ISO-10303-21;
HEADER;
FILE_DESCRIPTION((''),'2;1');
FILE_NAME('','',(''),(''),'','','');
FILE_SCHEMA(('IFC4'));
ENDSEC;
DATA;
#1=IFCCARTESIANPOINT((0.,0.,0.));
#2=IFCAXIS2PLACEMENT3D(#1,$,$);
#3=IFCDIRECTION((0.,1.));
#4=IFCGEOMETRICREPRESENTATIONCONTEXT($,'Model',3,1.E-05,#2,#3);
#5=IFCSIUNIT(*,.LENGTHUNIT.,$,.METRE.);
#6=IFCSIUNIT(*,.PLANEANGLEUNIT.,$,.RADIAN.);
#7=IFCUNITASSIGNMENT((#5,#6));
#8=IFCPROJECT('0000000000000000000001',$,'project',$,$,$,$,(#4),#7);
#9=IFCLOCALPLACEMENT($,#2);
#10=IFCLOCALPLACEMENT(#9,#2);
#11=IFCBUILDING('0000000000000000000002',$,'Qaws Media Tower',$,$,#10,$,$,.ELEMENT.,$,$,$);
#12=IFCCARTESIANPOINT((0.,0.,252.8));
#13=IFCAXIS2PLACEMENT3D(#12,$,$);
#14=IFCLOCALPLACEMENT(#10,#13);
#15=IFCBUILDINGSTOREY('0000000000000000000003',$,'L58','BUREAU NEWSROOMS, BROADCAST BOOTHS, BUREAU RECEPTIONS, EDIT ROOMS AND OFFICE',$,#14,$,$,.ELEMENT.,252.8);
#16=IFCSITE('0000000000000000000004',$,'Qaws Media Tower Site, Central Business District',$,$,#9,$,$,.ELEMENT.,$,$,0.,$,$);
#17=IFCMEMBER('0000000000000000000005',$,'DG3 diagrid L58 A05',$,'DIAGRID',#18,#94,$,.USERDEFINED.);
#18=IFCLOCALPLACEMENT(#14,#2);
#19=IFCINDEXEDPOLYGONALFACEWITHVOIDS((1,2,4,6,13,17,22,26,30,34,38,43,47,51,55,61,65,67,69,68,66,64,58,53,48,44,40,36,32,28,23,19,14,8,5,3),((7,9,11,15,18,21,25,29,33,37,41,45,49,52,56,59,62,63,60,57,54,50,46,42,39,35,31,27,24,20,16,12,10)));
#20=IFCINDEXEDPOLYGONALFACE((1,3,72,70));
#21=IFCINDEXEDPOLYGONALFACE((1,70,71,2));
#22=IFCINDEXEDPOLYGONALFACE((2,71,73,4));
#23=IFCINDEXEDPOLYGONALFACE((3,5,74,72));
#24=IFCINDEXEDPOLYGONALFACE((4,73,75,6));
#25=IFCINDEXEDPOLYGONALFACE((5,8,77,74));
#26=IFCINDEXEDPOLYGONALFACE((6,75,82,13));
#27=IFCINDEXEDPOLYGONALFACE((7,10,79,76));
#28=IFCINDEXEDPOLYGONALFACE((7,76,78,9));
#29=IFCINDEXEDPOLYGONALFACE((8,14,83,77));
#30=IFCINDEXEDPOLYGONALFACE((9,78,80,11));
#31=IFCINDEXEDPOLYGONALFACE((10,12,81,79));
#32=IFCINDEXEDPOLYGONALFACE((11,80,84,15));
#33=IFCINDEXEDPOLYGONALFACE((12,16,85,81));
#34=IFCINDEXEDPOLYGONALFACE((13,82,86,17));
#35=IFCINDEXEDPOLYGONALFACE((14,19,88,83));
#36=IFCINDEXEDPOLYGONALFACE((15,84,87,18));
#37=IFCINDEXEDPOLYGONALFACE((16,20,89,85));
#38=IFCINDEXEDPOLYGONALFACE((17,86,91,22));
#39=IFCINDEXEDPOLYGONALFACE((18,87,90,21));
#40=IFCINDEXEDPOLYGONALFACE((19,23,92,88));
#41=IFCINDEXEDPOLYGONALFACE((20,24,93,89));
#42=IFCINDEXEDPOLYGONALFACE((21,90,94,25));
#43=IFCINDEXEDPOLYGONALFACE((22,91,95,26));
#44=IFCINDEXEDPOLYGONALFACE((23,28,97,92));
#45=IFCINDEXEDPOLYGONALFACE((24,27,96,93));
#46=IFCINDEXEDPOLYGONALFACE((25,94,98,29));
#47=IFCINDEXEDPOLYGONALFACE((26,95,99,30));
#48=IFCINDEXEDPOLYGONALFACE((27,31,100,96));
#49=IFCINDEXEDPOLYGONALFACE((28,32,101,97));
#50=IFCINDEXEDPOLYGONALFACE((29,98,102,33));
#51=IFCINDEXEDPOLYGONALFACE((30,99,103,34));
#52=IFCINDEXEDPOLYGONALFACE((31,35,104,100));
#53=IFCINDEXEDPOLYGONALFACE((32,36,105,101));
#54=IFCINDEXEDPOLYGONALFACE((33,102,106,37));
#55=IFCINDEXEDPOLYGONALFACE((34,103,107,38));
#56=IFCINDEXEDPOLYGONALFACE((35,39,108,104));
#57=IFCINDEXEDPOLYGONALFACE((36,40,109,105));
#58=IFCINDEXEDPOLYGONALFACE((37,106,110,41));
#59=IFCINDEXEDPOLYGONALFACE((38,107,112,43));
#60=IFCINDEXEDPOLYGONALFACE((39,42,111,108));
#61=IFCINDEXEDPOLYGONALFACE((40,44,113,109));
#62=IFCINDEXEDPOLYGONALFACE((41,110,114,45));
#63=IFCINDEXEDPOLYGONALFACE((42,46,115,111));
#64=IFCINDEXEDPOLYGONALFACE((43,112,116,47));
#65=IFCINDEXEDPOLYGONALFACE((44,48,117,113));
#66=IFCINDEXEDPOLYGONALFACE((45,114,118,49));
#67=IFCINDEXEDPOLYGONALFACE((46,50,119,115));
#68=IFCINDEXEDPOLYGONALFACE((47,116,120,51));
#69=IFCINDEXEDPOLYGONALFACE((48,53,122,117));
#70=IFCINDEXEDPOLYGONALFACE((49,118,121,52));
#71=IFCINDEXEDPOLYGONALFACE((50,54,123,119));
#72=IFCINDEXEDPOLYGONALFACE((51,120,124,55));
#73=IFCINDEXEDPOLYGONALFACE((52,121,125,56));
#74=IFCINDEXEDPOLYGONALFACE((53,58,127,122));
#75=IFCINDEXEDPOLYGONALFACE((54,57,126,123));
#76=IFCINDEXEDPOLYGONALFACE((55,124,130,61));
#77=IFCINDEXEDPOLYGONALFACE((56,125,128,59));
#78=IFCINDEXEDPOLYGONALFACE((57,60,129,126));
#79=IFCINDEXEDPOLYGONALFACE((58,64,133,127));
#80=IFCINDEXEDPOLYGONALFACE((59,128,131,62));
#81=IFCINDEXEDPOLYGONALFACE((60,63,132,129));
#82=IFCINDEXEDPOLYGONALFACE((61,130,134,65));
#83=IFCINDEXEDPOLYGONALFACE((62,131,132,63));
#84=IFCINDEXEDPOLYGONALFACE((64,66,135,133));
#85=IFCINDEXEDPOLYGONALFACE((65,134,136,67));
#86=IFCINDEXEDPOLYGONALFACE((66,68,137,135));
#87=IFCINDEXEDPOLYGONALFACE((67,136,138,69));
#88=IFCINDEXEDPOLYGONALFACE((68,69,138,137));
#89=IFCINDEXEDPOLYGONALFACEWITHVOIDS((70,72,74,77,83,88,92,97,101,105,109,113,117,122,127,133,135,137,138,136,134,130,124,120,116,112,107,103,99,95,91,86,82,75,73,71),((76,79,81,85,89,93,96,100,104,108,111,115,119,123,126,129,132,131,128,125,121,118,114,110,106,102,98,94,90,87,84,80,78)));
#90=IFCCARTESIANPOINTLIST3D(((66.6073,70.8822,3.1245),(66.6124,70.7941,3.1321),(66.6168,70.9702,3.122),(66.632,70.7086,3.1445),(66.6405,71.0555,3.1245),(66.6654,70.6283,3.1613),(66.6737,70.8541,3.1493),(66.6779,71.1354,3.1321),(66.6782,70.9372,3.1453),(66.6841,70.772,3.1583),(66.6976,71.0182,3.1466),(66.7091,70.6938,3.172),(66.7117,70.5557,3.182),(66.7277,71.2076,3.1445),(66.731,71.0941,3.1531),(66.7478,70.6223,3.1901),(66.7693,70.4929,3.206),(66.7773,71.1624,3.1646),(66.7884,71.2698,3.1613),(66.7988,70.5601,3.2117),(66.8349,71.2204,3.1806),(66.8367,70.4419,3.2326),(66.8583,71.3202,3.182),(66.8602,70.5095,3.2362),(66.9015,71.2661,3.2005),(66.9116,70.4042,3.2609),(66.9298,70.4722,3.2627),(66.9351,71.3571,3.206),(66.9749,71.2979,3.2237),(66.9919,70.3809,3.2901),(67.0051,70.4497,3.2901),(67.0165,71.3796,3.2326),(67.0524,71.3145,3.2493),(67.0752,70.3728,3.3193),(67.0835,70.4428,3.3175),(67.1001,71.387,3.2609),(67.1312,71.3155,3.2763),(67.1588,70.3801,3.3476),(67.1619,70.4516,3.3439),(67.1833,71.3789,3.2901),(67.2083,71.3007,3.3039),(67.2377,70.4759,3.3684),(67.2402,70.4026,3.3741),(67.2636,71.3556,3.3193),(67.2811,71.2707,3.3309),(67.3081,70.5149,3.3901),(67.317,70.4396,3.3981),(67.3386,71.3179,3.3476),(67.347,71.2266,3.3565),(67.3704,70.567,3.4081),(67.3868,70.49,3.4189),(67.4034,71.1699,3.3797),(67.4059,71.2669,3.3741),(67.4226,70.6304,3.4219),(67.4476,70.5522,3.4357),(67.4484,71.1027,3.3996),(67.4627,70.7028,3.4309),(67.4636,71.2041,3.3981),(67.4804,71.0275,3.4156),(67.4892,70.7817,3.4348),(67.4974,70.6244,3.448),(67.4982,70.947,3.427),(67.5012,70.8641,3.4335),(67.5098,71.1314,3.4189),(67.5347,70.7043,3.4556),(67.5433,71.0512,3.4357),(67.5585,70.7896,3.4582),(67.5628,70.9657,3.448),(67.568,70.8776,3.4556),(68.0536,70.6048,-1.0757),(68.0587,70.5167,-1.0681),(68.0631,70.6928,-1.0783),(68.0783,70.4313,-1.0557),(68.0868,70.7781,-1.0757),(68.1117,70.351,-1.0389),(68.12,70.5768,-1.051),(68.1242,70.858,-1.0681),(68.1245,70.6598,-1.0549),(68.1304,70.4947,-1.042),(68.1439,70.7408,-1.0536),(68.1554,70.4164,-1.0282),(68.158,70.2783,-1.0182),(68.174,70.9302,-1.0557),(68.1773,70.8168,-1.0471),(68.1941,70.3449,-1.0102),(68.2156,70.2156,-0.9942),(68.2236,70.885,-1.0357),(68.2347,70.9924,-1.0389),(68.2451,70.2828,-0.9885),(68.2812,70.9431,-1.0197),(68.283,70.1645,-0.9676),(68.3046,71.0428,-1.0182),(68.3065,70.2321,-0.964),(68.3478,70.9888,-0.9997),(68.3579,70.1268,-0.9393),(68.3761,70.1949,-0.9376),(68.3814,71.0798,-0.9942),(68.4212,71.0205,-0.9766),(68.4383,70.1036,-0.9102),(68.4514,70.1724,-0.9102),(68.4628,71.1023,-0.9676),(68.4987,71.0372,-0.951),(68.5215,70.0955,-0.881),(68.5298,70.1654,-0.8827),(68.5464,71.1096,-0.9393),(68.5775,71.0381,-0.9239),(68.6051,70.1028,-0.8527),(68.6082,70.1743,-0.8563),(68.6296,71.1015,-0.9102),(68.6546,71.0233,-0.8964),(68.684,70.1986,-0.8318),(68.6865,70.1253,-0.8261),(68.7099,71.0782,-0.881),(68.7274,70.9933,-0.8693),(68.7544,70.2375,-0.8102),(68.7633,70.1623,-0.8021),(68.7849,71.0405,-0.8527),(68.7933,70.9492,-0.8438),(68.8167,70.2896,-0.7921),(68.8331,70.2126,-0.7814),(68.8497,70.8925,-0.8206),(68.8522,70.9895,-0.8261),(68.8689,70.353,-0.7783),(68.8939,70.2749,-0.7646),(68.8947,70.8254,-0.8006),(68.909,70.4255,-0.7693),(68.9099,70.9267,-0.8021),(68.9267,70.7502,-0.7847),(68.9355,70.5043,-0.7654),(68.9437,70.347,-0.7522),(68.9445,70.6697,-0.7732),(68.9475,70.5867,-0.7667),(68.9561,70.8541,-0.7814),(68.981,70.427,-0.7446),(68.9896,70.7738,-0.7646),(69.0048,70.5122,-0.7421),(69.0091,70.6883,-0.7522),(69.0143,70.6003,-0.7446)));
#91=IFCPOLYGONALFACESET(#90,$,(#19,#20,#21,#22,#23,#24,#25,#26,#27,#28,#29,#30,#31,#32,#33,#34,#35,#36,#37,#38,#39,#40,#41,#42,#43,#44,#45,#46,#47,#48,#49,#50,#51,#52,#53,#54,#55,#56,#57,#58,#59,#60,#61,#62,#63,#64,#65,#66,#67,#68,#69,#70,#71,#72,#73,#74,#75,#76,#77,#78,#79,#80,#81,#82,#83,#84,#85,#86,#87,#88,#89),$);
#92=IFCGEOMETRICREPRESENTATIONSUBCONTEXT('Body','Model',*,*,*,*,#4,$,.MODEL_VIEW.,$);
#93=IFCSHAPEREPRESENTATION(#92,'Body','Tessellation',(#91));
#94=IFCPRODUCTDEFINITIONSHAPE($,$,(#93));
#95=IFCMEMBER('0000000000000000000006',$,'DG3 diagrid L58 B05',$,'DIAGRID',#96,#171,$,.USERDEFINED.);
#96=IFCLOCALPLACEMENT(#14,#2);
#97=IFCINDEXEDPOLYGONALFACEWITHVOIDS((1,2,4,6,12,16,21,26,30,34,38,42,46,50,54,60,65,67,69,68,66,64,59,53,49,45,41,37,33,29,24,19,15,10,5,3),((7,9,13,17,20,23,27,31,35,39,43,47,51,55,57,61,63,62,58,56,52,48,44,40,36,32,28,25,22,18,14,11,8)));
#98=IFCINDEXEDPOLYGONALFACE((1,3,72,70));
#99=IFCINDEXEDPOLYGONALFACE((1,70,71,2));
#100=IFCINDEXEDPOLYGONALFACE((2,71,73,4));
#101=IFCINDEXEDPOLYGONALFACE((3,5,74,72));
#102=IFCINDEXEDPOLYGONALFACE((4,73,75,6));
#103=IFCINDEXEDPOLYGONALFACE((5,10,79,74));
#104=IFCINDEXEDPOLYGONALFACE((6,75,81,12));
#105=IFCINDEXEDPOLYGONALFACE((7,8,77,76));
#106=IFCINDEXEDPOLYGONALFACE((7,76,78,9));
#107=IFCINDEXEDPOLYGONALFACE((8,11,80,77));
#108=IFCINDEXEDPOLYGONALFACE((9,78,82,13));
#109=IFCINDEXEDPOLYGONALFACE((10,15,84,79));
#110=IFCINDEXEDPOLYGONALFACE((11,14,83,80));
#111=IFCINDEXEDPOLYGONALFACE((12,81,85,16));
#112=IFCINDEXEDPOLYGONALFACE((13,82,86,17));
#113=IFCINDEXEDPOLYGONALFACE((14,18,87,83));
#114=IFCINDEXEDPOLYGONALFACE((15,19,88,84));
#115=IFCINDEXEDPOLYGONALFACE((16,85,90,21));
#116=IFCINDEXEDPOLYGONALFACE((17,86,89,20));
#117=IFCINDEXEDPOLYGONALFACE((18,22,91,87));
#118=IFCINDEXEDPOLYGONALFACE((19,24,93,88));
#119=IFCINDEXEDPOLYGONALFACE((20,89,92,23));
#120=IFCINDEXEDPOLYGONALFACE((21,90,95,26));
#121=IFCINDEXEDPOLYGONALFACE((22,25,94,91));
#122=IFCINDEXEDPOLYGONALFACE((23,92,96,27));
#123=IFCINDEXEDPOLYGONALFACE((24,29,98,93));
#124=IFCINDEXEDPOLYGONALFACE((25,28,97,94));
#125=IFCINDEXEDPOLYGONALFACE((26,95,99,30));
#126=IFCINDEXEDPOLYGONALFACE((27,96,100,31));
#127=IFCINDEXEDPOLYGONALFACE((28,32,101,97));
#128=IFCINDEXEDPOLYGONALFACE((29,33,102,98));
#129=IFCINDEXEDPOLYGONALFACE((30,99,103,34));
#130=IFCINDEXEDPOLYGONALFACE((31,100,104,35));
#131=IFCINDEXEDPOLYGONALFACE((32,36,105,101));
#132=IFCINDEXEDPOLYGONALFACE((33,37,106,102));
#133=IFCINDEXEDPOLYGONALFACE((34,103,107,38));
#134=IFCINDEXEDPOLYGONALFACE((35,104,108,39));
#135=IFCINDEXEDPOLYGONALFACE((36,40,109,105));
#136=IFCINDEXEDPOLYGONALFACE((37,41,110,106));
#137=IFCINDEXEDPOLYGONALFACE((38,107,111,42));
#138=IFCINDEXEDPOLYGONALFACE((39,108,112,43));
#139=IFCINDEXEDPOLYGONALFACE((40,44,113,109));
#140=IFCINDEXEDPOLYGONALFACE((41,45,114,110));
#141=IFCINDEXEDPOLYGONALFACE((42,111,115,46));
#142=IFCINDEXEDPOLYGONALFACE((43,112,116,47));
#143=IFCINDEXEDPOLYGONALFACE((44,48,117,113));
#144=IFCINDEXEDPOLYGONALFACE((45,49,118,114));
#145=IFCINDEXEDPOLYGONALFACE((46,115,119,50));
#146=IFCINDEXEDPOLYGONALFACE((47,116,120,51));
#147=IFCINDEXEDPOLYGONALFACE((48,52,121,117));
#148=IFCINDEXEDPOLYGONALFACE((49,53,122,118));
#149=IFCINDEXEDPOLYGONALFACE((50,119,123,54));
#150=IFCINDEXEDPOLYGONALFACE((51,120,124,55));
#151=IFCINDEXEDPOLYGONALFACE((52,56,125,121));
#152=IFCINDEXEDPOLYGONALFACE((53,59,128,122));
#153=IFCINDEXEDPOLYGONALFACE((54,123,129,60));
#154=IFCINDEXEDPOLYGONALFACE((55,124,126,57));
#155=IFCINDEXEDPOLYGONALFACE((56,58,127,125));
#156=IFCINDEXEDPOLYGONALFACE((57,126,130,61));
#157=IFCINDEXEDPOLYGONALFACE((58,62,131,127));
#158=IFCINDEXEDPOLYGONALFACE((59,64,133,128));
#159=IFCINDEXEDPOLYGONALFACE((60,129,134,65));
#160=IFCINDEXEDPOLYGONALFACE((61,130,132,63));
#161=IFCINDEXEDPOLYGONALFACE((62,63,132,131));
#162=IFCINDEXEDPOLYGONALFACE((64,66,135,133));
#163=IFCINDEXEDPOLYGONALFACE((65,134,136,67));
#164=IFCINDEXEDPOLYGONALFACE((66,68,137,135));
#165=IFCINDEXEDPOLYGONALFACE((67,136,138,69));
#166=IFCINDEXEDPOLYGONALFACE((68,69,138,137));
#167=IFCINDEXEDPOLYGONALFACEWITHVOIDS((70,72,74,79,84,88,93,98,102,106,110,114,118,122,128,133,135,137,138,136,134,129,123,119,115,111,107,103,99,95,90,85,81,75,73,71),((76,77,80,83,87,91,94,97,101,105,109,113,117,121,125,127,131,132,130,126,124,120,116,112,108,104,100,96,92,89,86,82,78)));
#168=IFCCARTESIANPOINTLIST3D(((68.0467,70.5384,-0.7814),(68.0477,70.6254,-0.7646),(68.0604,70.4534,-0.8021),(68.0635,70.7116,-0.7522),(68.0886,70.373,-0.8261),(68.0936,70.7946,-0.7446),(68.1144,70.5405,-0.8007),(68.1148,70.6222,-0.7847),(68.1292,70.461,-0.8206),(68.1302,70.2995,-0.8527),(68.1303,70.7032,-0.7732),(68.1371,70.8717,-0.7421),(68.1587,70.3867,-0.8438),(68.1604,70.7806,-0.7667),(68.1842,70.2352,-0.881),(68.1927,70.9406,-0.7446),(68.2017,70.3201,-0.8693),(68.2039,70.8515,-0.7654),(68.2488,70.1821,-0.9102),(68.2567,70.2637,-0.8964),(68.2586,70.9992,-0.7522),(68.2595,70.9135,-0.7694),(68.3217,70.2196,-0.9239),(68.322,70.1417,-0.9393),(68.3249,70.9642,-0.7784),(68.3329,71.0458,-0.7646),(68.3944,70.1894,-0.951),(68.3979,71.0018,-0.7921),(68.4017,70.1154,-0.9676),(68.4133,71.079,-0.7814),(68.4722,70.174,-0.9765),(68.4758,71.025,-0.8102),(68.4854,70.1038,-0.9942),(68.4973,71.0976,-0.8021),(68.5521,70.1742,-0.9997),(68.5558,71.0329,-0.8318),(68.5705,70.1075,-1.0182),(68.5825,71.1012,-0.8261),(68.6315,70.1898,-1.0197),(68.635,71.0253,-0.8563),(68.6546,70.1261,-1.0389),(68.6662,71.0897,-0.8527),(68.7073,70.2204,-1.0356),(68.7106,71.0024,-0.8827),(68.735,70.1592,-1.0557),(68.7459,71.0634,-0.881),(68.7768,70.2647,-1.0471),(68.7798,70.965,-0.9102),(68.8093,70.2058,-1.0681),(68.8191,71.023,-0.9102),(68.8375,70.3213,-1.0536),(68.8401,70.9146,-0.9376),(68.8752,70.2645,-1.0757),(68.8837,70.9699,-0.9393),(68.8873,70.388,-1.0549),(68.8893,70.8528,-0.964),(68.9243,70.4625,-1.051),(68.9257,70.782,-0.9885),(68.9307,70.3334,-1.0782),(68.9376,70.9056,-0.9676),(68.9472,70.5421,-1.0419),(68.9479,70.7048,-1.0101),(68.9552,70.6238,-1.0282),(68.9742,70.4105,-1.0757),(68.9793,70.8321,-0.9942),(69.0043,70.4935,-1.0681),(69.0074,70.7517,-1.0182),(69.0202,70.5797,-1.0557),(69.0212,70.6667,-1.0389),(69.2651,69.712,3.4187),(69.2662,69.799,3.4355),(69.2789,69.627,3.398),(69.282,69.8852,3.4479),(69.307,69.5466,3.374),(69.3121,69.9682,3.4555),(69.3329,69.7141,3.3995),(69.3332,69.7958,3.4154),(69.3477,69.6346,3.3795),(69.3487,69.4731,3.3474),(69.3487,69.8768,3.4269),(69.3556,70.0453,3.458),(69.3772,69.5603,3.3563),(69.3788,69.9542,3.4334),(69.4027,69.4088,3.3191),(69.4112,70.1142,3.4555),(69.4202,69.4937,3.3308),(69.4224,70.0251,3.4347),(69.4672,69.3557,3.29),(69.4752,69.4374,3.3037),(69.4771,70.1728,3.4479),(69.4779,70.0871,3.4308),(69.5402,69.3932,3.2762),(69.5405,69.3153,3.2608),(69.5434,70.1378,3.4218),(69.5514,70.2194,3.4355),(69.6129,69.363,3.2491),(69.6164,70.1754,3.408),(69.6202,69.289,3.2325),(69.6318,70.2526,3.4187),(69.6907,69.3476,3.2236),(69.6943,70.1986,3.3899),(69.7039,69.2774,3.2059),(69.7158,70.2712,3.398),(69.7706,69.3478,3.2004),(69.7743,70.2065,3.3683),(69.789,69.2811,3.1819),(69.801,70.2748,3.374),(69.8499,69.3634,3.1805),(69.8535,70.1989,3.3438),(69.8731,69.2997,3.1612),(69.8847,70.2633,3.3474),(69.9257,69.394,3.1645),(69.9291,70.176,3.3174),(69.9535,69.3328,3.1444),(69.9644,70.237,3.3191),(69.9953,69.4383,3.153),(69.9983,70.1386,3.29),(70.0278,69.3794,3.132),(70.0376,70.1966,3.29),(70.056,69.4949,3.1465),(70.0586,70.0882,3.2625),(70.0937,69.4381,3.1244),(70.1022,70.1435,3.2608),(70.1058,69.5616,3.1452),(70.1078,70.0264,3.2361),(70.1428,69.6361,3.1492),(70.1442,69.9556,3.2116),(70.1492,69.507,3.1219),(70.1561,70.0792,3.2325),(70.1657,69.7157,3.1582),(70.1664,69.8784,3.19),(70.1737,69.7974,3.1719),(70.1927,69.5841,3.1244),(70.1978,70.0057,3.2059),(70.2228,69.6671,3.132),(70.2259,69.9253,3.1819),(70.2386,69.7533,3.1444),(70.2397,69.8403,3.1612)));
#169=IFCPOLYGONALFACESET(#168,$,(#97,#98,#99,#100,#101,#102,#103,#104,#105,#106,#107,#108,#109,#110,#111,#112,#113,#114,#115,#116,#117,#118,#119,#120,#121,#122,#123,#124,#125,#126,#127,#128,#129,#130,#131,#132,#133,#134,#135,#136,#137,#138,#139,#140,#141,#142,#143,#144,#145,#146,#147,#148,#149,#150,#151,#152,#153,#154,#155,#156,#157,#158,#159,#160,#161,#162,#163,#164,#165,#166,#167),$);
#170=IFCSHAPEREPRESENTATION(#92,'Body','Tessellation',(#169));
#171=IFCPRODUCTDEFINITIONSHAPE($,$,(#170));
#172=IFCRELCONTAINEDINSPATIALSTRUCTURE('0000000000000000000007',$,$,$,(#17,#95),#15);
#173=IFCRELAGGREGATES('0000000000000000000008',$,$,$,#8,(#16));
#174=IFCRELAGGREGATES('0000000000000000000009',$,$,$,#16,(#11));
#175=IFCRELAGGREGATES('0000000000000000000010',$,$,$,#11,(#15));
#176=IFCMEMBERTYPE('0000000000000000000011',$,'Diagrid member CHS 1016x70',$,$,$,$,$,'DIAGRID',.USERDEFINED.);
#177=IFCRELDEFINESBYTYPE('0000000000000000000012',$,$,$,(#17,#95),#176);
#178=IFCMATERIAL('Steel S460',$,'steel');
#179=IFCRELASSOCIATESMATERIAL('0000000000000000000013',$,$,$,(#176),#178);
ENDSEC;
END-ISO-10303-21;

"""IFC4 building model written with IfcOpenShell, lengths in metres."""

from ifc_helpers import new_model, si_unit, direction, frame, origin, origin_2d, place, context, subcontext, project, spatial, hollow_circle, extrude, material, material_profile, profile_set, type_object, element, save


model = new_model("IFC4")

# Units and contexts
model_context = context("Model", 3, precision=1e-05, world=origin(), true_north=direction((0.0, 1.0)))
body_context = subcontext(model_context, "Body", "Model", "MODEL_VIEW")
ifc_project = project(units=[si_unit("LENGTHUNIT", "METRE"), si_unit("PLANEANGLEUNIT", "RADIAN")], contexts=[model_context])

# Site, building, storey
site_placement = place(None, origin())
site = spatial("IfcSite", under=ifc_project, at=site_placement, Name="Qaws Media Tower Site, Central Business District", CompositionType="ELEMENT", RefElevation=0.0)
building_placement = place(site_placement, origin())
building = spatial("IfcBuilding", under=site, at=building_placement, Name="Qaws Media Tower", CompositionType="ELEMENT")
storey_placement = place(building_placement, frame((0.0, 0.0, 252.8)))
storey = spatial("IfcBuildingStorey", under=building, at=storey_placement, Name="L58", Description="BUREAU NEWSROOMS, BROADCAST BOOTHS, BUREAU RECEPTIONS, EDIT ROOMS AND OFFICE", CompositionType="ELEMENT", Elevation=252.8)

# Members
ifc_material_1 = material(Name="Steel S460", Category="steel")
ifc_material_profile_1 = material_profile(ifc_material_1, hollow_circle(Radius=0.5081, WallThickness=0.0701, at=origin_2d()), Name="CHS 1016x70")
ifc_profile_set_1 = profile_set([ifc_material_profile_1], Name="Steel S460")
member_type_1 = type_object("IfcMemberType", Name="Diagrid member CHS 1016x70", ElementType="DIAGRID", PredefinedType="USERDEFINED", material=ifc_profile_set_1)
member_1_placement = place(storey_placement, frame((68.5339, 70.6025, -0.9102), z_axis=(-0.324945, 0.062312, 0.943678), x_axis=(-0.188331, -0.982106, 0.0)))
element("IfcMember", 1, at=member_1_placement, inside=storey, type_object=member_type_1, Name="DG3 diagrid L58 A05", ObjectType="DIAGRID", PredefinedType="USERDEFINED", context=body_context, shape_type="SweptSolid", body=[
    extrude(hollow_circle(Radius=0.5081, WallThickness=0.0701, at=origin_2d()), origin(), (0.0, 0.0, 1.0), 4.4509),
])
for number, where, z_axis, x_axis, name in (
    (2, (68.5339, 70.6025, -0.9102), (0.273774, -0.185679, 0.943701), (0.561303, 0.827611, 0.0), "DG3 diagrid L58 B05"),
):
    element("IfcMember", number, at=place(storey_placement, frame(where, z_axis=z_axis, x_axis=x_axis)), inside=storey, type_object=member_type_1, Name=name, ObjectType="DIAGRID", PredefinedType="USERDEFINED", context=body_context, shape_type="SweptSolid", body=[
        extrude(hollow_circle(Radius=0.5081, WallThickness=0.0701, at=origin_2d()), origin(), (0.0, 0.0, 1.0), 4.4507),
    ])

save(model, "model.ifc")
